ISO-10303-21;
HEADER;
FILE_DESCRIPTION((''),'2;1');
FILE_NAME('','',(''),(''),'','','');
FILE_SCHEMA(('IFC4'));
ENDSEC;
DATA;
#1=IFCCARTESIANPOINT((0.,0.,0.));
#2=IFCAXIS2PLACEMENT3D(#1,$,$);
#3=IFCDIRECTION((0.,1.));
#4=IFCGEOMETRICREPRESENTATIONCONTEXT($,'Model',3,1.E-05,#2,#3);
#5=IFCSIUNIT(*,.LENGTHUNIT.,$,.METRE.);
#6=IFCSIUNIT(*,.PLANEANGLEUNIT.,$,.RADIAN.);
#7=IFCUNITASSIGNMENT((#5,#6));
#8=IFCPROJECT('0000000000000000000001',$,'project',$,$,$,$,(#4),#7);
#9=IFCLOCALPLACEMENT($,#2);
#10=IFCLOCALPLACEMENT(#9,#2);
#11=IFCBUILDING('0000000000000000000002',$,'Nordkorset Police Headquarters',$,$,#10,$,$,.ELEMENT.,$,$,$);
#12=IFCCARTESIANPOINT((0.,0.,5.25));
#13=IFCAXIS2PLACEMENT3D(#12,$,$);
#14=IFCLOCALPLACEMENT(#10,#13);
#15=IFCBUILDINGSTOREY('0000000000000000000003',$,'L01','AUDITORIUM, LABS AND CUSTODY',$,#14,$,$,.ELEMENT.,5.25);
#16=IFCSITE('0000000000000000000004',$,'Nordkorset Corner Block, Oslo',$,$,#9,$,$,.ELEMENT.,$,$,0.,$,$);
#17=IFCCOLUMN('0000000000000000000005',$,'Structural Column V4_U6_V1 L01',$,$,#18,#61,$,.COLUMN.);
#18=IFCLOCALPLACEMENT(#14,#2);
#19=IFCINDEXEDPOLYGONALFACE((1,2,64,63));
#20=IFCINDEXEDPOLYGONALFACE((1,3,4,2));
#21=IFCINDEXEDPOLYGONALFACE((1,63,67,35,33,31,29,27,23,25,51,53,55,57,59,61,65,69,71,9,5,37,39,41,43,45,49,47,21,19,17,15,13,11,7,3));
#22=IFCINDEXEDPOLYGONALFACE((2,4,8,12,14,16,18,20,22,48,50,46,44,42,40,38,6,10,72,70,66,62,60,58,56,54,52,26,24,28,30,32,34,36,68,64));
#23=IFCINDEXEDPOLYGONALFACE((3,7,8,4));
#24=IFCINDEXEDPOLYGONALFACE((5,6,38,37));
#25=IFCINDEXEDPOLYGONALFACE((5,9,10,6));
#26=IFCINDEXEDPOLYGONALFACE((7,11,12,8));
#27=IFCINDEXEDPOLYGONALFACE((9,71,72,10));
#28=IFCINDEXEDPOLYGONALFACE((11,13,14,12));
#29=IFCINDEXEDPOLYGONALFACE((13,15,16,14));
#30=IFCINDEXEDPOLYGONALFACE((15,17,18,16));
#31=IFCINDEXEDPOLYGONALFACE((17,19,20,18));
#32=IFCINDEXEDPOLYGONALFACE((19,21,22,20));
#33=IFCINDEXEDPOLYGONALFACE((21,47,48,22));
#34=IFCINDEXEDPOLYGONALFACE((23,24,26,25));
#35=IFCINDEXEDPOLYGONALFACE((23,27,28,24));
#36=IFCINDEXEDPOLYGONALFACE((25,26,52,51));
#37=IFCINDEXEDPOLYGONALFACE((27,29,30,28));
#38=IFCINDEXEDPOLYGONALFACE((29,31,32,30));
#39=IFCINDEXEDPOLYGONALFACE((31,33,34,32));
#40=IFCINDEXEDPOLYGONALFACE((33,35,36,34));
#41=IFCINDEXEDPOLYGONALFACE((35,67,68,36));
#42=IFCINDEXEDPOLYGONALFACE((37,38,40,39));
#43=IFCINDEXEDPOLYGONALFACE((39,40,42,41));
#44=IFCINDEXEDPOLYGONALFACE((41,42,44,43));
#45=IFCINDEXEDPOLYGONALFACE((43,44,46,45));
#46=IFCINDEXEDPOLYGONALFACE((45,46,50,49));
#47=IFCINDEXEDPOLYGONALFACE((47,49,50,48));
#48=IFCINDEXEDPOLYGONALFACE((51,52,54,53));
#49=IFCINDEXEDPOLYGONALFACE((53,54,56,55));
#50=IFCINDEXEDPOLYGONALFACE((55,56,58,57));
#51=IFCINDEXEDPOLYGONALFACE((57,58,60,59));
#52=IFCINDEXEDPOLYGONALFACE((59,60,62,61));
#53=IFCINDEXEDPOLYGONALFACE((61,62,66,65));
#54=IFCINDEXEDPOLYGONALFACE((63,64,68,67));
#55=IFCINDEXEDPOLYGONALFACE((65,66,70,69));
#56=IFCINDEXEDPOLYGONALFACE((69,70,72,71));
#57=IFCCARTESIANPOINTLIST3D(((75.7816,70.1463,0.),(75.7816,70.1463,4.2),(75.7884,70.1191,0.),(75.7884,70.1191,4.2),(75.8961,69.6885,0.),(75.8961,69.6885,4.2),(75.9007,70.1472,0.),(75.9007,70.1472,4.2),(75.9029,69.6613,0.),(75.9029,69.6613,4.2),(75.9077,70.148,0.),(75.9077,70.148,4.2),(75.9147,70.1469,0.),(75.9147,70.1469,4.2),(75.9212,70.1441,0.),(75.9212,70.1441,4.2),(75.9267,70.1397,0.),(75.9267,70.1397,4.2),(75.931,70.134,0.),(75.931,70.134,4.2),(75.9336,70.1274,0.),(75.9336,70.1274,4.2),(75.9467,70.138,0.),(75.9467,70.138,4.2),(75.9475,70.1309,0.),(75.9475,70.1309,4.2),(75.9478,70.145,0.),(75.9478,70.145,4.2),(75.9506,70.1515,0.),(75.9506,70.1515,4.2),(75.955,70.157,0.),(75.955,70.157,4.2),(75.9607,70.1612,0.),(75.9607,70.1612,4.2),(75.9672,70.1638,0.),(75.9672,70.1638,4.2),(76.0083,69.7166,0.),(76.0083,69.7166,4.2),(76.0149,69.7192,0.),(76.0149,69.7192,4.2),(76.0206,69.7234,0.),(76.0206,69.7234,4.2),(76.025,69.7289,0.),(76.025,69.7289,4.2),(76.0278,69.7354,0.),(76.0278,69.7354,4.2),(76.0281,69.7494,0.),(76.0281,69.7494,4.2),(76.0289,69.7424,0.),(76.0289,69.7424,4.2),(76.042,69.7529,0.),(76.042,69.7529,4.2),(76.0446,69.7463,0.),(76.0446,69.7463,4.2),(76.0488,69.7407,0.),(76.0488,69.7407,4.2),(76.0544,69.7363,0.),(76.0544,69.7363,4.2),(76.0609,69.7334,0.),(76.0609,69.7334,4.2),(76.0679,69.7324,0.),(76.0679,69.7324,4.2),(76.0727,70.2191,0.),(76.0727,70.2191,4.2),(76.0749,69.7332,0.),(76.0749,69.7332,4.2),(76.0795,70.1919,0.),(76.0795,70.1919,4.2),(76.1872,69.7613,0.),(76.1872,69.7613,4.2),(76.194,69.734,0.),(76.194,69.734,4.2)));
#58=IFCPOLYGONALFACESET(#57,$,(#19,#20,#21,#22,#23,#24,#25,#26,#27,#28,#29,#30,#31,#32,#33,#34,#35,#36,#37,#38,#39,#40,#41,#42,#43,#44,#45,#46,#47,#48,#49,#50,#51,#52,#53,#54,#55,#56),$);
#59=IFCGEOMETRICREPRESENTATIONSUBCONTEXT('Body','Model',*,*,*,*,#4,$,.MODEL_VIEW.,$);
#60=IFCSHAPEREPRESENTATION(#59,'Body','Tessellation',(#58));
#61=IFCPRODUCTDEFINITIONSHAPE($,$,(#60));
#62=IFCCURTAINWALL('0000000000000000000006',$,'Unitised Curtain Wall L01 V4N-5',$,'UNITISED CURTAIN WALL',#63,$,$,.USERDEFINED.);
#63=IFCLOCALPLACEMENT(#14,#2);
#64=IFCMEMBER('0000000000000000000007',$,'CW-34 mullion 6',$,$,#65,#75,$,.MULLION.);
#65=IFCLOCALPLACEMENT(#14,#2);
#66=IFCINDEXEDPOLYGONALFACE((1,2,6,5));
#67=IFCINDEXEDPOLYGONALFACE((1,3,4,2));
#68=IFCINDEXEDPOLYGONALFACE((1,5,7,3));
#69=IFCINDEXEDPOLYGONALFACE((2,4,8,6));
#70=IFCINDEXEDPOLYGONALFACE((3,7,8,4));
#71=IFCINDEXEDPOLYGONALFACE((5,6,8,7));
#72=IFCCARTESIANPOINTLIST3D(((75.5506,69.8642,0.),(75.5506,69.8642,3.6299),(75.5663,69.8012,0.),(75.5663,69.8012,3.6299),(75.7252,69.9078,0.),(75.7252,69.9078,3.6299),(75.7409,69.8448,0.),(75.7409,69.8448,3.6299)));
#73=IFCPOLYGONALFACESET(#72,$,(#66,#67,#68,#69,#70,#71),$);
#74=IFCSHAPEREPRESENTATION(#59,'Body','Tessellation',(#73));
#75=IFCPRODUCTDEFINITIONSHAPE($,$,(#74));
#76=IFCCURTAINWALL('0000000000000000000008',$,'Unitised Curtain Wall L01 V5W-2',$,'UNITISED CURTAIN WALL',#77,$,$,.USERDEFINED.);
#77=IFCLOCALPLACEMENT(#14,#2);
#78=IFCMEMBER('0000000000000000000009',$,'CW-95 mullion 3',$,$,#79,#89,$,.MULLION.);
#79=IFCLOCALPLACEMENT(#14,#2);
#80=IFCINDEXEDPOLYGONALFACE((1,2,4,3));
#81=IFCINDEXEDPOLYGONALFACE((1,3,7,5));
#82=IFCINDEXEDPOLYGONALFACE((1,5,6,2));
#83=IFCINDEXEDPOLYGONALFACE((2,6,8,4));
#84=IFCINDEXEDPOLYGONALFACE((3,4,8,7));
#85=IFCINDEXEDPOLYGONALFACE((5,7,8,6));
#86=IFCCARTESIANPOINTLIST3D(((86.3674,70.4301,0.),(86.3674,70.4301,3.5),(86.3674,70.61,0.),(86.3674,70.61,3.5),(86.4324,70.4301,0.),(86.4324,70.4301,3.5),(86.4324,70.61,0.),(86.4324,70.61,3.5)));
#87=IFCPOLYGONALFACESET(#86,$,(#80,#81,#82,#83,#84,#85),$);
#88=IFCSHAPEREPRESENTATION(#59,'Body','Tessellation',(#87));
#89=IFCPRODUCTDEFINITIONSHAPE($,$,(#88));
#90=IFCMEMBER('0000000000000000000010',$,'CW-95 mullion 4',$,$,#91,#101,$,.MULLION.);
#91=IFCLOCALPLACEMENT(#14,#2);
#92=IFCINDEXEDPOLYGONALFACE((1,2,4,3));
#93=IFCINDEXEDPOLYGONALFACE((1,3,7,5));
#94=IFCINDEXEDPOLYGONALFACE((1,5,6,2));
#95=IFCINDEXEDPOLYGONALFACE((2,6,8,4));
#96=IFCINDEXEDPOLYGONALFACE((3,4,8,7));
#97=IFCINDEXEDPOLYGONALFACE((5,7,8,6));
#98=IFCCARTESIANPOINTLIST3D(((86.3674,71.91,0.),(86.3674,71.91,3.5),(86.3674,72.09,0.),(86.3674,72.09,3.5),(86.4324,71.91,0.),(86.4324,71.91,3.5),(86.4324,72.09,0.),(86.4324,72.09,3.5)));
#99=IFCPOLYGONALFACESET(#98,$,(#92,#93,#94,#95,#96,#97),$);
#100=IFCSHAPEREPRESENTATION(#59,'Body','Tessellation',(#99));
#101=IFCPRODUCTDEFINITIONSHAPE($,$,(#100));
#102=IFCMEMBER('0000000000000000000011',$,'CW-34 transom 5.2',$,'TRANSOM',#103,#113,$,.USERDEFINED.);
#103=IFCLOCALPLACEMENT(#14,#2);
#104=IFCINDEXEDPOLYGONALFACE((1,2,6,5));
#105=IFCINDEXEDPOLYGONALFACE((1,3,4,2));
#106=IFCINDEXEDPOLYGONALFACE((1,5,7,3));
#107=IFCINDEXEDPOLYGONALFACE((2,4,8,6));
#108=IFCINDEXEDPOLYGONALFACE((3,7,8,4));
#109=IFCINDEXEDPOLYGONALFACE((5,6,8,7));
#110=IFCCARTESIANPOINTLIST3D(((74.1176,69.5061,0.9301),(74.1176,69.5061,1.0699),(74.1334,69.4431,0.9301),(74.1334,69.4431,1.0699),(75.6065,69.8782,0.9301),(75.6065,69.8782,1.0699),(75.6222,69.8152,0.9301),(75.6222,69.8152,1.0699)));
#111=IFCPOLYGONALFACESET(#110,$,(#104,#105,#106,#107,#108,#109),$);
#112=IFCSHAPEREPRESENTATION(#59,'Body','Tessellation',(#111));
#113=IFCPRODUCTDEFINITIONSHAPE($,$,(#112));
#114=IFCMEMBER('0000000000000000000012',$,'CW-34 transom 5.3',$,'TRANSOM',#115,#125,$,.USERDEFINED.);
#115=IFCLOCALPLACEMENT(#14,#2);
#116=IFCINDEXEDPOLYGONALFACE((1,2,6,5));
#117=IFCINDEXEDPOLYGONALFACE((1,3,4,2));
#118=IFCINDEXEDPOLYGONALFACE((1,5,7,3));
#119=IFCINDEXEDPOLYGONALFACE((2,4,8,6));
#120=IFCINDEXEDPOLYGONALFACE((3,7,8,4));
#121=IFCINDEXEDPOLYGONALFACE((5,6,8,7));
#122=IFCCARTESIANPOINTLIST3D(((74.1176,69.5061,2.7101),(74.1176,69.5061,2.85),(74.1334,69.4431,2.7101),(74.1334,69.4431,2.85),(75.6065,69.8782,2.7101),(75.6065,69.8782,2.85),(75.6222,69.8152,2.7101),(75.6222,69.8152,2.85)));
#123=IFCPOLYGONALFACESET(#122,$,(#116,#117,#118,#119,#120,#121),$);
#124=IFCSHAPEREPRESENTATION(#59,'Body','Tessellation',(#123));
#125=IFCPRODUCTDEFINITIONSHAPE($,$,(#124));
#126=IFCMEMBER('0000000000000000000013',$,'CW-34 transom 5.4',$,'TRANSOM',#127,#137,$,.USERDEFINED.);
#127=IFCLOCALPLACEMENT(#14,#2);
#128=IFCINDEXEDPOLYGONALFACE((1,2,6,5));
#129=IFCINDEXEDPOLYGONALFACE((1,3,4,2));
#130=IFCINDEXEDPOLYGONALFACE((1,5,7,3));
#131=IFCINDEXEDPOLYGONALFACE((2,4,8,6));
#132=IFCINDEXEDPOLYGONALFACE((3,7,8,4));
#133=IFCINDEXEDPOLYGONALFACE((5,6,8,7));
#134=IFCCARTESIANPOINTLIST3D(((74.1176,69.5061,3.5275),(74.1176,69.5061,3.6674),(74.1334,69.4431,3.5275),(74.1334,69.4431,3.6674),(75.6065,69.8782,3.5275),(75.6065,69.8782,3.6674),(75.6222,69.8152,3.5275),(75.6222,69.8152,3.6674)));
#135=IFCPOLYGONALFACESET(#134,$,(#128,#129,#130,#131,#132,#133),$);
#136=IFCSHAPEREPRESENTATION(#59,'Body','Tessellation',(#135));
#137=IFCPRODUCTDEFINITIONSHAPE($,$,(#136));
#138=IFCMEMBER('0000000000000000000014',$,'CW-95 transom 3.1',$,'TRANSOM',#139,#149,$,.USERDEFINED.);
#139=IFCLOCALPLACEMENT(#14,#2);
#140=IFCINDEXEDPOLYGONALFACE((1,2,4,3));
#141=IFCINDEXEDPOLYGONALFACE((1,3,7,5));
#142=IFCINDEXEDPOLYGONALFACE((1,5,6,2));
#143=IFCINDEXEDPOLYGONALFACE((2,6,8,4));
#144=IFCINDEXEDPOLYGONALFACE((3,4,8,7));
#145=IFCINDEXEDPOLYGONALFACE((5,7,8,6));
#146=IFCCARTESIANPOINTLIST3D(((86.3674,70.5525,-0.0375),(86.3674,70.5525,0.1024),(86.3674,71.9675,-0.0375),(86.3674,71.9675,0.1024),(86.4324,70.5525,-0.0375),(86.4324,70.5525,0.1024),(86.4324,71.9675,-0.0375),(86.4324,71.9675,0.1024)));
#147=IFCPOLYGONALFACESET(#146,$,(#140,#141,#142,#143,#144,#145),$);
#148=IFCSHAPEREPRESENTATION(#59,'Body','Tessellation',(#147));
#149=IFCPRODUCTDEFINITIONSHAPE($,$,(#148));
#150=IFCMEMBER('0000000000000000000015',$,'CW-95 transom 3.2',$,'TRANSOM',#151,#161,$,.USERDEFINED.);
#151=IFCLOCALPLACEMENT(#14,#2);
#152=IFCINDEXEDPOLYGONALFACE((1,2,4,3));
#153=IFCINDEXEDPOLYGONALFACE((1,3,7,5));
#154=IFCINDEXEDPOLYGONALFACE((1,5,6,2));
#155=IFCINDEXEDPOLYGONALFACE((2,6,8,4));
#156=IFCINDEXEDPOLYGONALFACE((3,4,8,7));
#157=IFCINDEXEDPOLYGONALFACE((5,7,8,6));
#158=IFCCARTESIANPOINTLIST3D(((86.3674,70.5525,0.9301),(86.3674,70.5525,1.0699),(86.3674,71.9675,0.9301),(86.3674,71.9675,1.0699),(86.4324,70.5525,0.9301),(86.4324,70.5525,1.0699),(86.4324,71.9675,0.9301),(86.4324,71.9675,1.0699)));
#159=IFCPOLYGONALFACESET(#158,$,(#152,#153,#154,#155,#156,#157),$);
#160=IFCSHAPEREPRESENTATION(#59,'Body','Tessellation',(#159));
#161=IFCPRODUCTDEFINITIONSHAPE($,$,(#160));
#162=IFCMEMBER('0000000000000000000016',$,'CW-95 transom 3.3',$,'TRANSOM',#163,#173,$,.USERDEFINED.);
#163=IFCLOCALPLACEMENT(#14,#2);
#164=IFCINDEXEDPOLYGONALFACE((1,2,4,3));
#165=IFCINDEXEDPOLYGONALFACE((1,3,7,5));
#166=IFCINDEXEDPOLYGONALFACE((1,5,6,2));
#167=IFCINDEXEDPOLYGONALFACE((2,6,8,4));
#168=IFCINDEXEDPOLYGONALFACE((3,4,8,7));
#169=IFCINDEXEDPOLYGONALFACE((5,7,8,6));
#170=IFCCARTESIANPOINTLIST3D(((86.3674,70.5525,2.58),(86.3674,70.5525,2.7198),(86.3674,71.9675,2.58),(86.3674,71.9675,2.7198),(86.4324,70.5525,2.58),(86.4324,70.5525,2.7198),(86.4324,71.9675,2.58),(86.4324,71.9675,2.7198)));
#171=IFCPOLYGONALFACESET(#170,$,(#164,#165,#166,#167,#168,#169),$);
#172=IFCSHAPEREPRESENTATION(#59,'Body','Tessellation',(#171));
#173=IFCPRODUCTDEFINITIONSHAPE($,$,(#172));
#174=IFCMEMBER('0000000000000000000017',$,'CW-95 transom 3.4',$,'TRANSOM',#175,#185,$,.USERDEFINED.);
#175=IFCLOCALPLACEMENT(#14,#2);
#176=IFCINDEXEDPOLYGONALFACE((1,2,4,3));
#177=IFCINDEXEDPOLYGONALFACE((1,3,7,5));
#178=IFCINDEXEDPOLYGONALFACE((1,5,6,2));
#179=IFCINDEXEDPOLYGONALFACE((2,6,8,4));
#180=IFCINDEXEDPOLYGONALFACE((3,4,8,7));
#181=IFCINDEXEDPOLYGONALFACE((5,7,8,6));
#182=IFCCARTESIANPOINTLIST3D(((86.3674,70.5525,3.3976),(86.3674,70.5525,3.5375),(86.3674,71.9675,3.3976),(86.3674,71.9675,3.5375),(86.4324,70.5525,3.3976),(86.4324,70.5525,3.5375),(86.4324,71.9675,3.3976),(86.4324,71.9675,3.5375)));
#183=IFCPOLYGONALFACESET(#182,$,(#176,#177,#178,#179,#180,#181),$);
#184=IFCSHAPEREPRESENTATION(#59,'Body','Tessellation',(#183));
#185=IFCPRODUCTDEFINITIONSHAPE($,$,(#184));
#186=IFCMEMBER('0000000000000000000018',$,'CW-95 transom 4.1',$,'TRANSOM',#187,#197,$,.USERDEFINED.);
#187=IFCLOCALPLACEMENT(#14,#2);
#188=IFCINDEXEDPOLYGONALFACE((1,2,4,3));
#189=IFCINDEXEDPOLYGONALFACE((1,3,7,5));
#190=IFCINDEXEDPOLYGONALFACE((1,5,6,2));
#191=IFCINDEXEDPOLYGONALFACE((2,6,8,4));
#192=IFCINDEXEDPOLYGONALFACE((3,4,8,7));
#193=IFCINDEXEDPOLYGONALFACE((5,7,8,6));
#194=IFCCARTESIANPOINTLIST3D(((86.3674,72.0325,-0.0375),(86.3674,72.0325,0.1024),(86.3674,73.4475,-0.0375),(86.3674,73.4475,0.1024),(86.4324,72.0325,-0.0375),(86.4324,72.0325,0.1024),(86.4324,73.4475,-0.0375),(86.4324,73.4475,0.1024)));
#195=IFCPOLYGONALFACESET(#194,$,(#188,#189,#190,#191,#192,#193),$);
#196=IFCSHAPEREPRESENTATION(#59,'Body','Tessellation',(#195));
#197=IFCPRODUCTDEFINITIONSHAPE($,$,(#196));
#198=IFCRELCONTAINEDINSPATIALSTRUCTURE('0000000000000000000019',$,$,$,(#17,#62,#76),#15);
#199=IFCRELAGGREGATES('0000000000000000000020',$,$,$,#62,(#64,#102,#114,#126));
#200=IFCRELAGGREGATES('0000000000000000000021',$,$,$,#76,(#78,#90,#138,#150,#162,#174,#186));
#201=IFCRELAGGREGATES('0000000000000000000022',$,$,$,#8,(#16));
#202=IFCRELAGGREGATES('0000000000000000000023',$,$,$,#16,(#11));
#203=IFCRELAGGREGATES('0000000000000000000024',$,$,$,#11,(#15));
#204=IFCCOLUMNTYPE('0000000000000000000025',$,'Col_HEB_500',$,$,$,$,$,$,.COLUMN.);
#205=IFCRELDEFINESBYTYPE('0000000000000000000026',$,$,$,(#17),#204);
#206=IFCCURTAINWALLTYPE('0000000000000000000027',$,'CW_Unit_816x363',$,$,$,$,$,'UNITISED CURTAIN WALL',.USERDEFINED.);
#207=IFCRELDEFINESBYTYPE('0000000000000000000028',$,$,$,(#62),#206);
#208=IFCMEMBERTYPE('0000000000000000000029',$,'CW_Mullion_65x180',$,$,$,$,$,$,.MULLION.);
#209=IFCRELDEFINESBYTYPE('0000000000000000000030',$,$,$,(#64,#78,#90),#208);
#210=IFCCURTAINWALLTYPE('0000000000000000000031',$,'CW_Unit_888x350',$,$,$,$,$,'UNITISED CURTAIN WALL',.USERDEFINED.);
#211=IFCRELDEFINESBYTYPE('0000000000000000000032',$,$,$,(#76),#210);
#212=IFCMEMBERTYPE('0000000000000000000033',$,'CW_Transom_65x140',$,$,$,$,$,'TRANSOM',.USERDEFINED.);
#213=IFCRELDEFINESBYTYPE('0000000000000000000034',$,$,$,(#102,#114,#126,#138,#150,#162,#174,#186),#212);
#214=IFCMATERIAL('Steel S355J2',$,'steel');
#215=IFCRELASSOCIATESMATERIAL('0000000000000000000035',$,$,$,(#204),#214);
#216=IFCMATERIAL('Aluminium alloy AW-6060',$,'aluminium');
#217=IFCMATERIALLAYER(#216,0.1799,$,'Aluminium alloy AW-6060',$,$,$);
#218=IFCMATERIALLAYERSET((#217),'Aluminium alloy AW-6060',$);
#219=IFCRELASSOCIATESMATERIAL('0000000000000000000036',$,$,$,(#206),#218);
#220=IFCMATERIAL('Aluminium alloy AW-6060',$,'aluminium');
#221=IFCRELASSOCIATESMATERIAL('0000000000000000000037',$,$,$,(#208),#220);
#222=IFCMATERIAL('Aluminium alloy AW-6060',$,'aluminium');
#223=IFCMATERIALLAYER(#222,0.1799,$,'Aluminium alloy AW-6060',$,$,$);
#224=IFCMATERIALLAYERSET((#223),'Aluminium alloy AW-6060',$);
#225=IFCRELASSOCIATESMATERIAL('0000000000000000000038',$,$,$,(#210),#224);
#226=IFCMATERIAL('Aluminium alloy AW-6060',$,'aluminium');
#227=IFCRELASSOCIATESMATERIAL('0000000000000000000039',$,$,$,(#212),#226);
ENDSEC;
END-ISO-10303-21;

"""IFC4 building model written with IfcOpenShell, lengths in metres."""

from ifc_helpers import new_model, si_unit, direction, frame, origin, origin_2d, place, context, subcontext, project, spatial, rectangle, i_section, extrude, material, layer, layer_set, material_profile, profile_set, type_object, element, aggregate, save


model = new_model("IFC4")

# Units and contexts
model_context = context("Model", 3, precision=1e-05, world=origin(), true_north=direction((0.0, 1.0)))
body_context = subcontext(model_context, "Body", "Model", "MODEL_VIEW")
ifc_project = project(units=[si_unit("LENGTHUNIT", "METRE"), si_unit("PLANEANGLEUNIT", "RADIAN")], contexts=[model_context])

# Site, building, storey
site_placement = place(None, origin())
site = spatial("IfcSite", under=ifc_project, at=site_placement, Name="Nordkorset Corner Block, Oslo", CompositionType="ELEMENT", RefElevation=0.0)
building_placement = place(site_placement, origin())
building = spatial("IfcBuilding", under=site, at=building_placement, Name="Nordkorset Police Headquarters", CompositionType="ELEMENT")
storey_placement = place(building_placement, frame((0.0, 0.0, 5.25)))
storey = spatial("IfcBuildingStorey", under=building, at=storey_placement, Name="L01", Description="AUDITORIUM, LABS AND CUSTODY", CompositionType="ELEMENT", Elevation=5.25)

# Column
ifc_material_1 = material(Name="Steel S355J2", Category="steel")
ifc_material_profile_1 = material_profile(ifc_material_1, i_section(OverallWidth=0.3, OverallDepth=0.5, WebThickness=0.0144, FlangeThickness=0.0281, FilletRadius=0.0271, at=origin_2d()), Name="HEB 500")
ifc_profile_set_1 = profile_set([ifc_material_profile_1], Name="Steel S355J2")
column_type = type_object("IfcColumnType", Name="Col_HEB_500", PredefinedType="COLUMN", material=ifc_profile_set_1)
column_placement = place(storey_placement, frame((75.9878, 69.9402, 0.0), z_axis=(0.0, 0.0, 1.0), x_axis=(0.970143, 0.242536, 0.0)))
element("IfcColumn", 1, at=column_placement, inside=storey, type_object=column_type, Name="Structural Column V4_U6_V1 L01", PredefinedType="COLUMN", context=body_context, shape_type="SweptSolid", body=[
    extrude(i_section(OverallWidth=0.3, OverallDepth=0.5, WebThickness=0.0144, FlangeThickness=0.0281, FilletRadius=0.0271, at=origin_2d()), origin(), (0.0, 0.0, 1.0), 4.2),
])

# Curtain wall, member
ifc_material_2 = material(Name="Aluminium alloy AW-6060", Category="aluminium")
ifc_layer_1 = layer(ifc_material_2, 0.1799, Name="Aluminium alloy AW-6060")
ifc_layer_set_1 = layer_set([ifc_layer_1], Name="Aluminium alloy AW-6060")
curtain_wall_type_1 = type_object("IfcCurtainWallType", Name="CW_Unit_816x363", ElementType="UNITISED CURTAIN WALL", PredefinedType="USERDEFINED", material=ifc_layer_set_1)
curtain_wall_1_placement = place(storey_placement, origin())
curtain_wall_1 = element("IfcCurtainWall", 2, at=curtain_wall_1_placement, inside=storey, type_object=curtain_wall_type_1, Name="Unitised Curtain Wall L01 V4N-5", ObjectType="UNITISED CURTAIN WALL", PredefinedType="USERDEFINED")
ifc_material_3 = material(Name="Aluminium alloy AW-6060", Category="aluminium")
ifc_material_profile_2 = material_profile(ifc_material_3, rectangle(XDim=0.0649, YDim=0.1799, at=origin_2d()), Name="ALU MULL 65x180")
ifc_profile_set_2 = profile_set([ifc_material_profile_2], Name="Aluminium alloy AW-6060")
member_type_1 = type_object("IfcMemberType", Name="CW_Mullion_65x180", PredefinedType="MULLION", material=ifc_profile_set_2)
member_1_placement = place(storey_placement, frame((75.6458, 69.8545, 0.0), z_axis=(0.0, 0.0, 1.0), x_axis=(-0.242536, 0.970143, 0.0)))
member_1 = element("IfcMember", 3, at=member_1_placement, type_object=member_type_1, Name="CW-34 mullion 6", PredefinedType="MULLION", context=body_context, shape_type="SweptSolid", body=[
    extrude(rectangle(XDim=0.0649, YDim=0.1799, at=origin_2d()), origin(), (0.0, 0.0, 1.0), 3.6299),
])

# Curtain wall, members
ifc_material_4 = material(Name="Aluminium alloy AW-6060", Category="aluminium")
ifc_layer_2 = layer(ifc_material_4, 0.1799, Name="Aluminium alloy AW-6060")
ifc_layer_set_2 = layer_set([ifc_layer_2], Name="Aluminium alloy AW-6060")
curtain_wall_type_2 = type_object("IfcCurtainWallType", Name="CW_Unit_888x350", ElementType="UNITISED CURTAIN WALL", PredefinedType="USERDEFINED", material=ifc_layer_set_2)
curtain_wall_2_placement = place(storey_placement, origin())
curtain_wall_2 = element("IfcCurtainWall", 4, at=curtain_wall_2_placement, inside=storey, type_object=curtain_wall_type_2, Name="Unitised Curtain Wall L01 V5W-2", ObjectType="UNITISED CURTAIN WALL", PredefinedType="USERDEFINED")
member_2_placement = place(storey_placement, frame((86.3999, 70.52, 0.0), z_axis=(0.0, 0.0, 1.0), x_axis=(-1.0, 0.0, 0.0)))
member_2 = element("IfcMember", 5, at=member_2_placement, type_object=member_type_1, Name="CW-95 mullion 3", PredefinedType="MULLION", context=body_context, shape_type="SweptSolid", body=[
    extrude(rectangle(XDim=0.0649, YDim=0.1799, at=origin_2d()), origin(), (0.0, 0.0, 1.0), 3.5),
])
member_3_placement = place(storey_placement, frame((86.3999, 72.0, 0.0), z_axis=(0.0, 0.0, 1.0), x_axis=(-1.0, 0.0, 0.0)))
member_3 = element("IfcMember", 6, at=member_3_placement, type_object=member_type_1, Name="CW-95 mullion 4", PredefinedType="MULLION", context=body_context, shape_type="SweptSolid", body=[
    extrude(rectangle(XDim=0.0649, YDim=0.1799, at=origin_2d()), origin(), (0.0, 0.0, 1.0), 3.5),
])

# Members
ifc_material_5 = material(Name="Aluminium alloy AW-6060", Category="aluminium")
ifc_material_profile_3 = material_profile(ifc_material_5, rectangle(XDim=0.0649, YDim=0.1399, at=origin_2d()), Name="ALU TRAN 65x140")
ifc_profile_set_3 = profile_set([ifc_material_profile_3], Name="Aluminium alloy AW-6060")
member_type_2 = type_object("IfcMemberType", Name="CW_Transom_65x140", ElementType="TRANSOM", PredefinedType="USERDEFINED", material=ifc_profile_set_3)
member_4_placement = place(storey_placement, frame((74.1255, 69.4746, 1.0), z_axis=(0.970161, 0.242461, 0.0), x_axis=(-0.242461, 0.970161, 0.0)))
member_4 = element("IfcMember", 7, at=member_4_placement, type_object=member_type_2, Name="CW-34 transom 5.2", ObjectType="TRANSOM", PredefinedType="USERDEFINED", context=body_context, shape_type="SweptSolid", body=[
    extrude(rectangle(XDim=0.0649, YDim=0.1399, at=origin_2d()), origin(), (0.0, 0.0, 1.0), 1.5347),
])
member_5_placement = place(storey_placement, frame((74.1255, 69.4746, 2.78), z_axis=(0.970161, 0.242461, 0.0), x_axis=(-0.242461, 0.970161, 0.0)))
member_5 = element("IfcMember", 8, at=member_5_placement, type_object=member_type_2, Name="CW-34 transom 5.3", ObjectType="TRANSOM", PredefinedType="USERDEFINED", context=body_context, shape_type="SweptSolid", body=[
    extrude(rectangle(XDim=0.0649, YDim=0.1399, at=origin_2d()), origin(), (0.0, 0.0, 1.0), 1.5347),
])
member_6_placement = place(storey_placement, frame((74.1255, 69.4746, 3.5974), z_axis=(0.970161, 0.242461, 0.0), x_axis=(-0.242461, 0.970161, 0.0)))
member_6 = element("IfcMember", 9, at=member_6_placement, type_object=member_type_2, Name="CW-34 transom 5.4", ObjectType="TRANSOM", PredefinedType="USERDEFINED", context=body_context, shape_type="SweptSolid", body=[
    extrude(rectangle(XDim=0.0649, YDim=0.1399, at=origin_2d()), origin(), (0.0, 0.0, 1.0), 1.5347),
])
member_7_placement = place(storey_placement, frame((86.3999, 70.5525, 0.0325), z_axis=(0.0, 1.0, 0.0), x_axis=(-1.0, 0.0, 0.0)))
member_7 = element("IfcMember", 10, at=member_7_placement, type_object=member_type_2, Name="CW-95 transom 3.1", ObjectType="TRANSOM", PredefinedType="USERDEFINED", context=body_context, shape_type="SweptSolid", body=[
    extrude(rectangle(XDim=0.0649, YDim=0.1399, at=origin_2d()), origin(), (0.0, 0.0, 1.0), 1.415),
])
member_8_placement = place(storey_placement, frame((86.3999, 70.5525, 1.0), z_axis=(0.0, 1.0, 0.0), x_axis=(-1.0, 0.0, 0.0)))
member_8 = element("IfcMember", 11, at=member_8_placement, type_object=member_type_2, Name="CW-95 transom 3.2", ObjectType="TRANSOM", PredefinedType="USERDEFINED", context=body_context, shape_type="SweptSolid", body=[
    extrude(rectangle(XDim=0.0649, YDim=0.1399, at=origin_2d()), origin(), (0.0, 0.0, 1.0), 1.415),
])
member_9_placement = place(storey_placement, frame((86.3999, 70.5525, 2.6499), z_axis=(0.0, 1.0, 0.0), x_axis=(-1.0, 0.0, 0.0)))
member_9 = element("IfcMember", 12, at=member_9_placement, type_object=member_type_2, Name="CW-95 transom 3.3", ObjectType="TRANSOM", PredefinedType="USERDEFINED", context=body_context, shape_type="SweptSolid", body=[
    extrude(rectangle(XDim=0.0649, YDim=0.1399, at=origin_2d()), origin(), (0.0, 0.0, 1.0), 1.415),
])
member_10_placement = place(storey_placement, frame((86.3999, 70.5525, 3.4675), z_axis=(0.0, 1.0, 0.0), x_axis=(-1.0, 0.0, 0.0)))
member_10 = element("IfcMember", 13, at=member_10_placement, type_object=member_type_2, Name="CW-95 transom 3.4", ObjectType="TRANSOM", PredefinedType="USERDEFINED", context=body_context, shape_type="SweptSolid", body=[
    extrude(rectangle(XDim=0.0649, YDim=0.1399, at=origin_2d()), origin(), (0.0, 0.0, 1.0), 1.415),
])
member_11_placement = place(storey_placement, frame((86.3999, 72.0325, 0.0325), z_axis=(0.0, 1.0, 0.0), x_axis=(-1.0, 0.0, 0.0)))
member_11 = element("IfcMember", 14, at=member_11_placement, type_object=member_type_2, Name="CW-95 transom 4.1", ObjectType="TRANSOM", PredefinedType="USERDEFINED", context=body_context, shape_type="SweptSolid", body=[
    extrude(rectangle(XDim=0.0649, YDim=0.1399, at=origin_2d()), origin(), (0.0, 0.0, 1.0), 1.415),
])

aggregate(curtain_wall_1, [member_1, member_4, member_5, member_6])
aggregate(curtain_wall_2, [member_2, member_3, member_7, member_8, member_9, member_10, member_11])

save(model, "model.ifc")
